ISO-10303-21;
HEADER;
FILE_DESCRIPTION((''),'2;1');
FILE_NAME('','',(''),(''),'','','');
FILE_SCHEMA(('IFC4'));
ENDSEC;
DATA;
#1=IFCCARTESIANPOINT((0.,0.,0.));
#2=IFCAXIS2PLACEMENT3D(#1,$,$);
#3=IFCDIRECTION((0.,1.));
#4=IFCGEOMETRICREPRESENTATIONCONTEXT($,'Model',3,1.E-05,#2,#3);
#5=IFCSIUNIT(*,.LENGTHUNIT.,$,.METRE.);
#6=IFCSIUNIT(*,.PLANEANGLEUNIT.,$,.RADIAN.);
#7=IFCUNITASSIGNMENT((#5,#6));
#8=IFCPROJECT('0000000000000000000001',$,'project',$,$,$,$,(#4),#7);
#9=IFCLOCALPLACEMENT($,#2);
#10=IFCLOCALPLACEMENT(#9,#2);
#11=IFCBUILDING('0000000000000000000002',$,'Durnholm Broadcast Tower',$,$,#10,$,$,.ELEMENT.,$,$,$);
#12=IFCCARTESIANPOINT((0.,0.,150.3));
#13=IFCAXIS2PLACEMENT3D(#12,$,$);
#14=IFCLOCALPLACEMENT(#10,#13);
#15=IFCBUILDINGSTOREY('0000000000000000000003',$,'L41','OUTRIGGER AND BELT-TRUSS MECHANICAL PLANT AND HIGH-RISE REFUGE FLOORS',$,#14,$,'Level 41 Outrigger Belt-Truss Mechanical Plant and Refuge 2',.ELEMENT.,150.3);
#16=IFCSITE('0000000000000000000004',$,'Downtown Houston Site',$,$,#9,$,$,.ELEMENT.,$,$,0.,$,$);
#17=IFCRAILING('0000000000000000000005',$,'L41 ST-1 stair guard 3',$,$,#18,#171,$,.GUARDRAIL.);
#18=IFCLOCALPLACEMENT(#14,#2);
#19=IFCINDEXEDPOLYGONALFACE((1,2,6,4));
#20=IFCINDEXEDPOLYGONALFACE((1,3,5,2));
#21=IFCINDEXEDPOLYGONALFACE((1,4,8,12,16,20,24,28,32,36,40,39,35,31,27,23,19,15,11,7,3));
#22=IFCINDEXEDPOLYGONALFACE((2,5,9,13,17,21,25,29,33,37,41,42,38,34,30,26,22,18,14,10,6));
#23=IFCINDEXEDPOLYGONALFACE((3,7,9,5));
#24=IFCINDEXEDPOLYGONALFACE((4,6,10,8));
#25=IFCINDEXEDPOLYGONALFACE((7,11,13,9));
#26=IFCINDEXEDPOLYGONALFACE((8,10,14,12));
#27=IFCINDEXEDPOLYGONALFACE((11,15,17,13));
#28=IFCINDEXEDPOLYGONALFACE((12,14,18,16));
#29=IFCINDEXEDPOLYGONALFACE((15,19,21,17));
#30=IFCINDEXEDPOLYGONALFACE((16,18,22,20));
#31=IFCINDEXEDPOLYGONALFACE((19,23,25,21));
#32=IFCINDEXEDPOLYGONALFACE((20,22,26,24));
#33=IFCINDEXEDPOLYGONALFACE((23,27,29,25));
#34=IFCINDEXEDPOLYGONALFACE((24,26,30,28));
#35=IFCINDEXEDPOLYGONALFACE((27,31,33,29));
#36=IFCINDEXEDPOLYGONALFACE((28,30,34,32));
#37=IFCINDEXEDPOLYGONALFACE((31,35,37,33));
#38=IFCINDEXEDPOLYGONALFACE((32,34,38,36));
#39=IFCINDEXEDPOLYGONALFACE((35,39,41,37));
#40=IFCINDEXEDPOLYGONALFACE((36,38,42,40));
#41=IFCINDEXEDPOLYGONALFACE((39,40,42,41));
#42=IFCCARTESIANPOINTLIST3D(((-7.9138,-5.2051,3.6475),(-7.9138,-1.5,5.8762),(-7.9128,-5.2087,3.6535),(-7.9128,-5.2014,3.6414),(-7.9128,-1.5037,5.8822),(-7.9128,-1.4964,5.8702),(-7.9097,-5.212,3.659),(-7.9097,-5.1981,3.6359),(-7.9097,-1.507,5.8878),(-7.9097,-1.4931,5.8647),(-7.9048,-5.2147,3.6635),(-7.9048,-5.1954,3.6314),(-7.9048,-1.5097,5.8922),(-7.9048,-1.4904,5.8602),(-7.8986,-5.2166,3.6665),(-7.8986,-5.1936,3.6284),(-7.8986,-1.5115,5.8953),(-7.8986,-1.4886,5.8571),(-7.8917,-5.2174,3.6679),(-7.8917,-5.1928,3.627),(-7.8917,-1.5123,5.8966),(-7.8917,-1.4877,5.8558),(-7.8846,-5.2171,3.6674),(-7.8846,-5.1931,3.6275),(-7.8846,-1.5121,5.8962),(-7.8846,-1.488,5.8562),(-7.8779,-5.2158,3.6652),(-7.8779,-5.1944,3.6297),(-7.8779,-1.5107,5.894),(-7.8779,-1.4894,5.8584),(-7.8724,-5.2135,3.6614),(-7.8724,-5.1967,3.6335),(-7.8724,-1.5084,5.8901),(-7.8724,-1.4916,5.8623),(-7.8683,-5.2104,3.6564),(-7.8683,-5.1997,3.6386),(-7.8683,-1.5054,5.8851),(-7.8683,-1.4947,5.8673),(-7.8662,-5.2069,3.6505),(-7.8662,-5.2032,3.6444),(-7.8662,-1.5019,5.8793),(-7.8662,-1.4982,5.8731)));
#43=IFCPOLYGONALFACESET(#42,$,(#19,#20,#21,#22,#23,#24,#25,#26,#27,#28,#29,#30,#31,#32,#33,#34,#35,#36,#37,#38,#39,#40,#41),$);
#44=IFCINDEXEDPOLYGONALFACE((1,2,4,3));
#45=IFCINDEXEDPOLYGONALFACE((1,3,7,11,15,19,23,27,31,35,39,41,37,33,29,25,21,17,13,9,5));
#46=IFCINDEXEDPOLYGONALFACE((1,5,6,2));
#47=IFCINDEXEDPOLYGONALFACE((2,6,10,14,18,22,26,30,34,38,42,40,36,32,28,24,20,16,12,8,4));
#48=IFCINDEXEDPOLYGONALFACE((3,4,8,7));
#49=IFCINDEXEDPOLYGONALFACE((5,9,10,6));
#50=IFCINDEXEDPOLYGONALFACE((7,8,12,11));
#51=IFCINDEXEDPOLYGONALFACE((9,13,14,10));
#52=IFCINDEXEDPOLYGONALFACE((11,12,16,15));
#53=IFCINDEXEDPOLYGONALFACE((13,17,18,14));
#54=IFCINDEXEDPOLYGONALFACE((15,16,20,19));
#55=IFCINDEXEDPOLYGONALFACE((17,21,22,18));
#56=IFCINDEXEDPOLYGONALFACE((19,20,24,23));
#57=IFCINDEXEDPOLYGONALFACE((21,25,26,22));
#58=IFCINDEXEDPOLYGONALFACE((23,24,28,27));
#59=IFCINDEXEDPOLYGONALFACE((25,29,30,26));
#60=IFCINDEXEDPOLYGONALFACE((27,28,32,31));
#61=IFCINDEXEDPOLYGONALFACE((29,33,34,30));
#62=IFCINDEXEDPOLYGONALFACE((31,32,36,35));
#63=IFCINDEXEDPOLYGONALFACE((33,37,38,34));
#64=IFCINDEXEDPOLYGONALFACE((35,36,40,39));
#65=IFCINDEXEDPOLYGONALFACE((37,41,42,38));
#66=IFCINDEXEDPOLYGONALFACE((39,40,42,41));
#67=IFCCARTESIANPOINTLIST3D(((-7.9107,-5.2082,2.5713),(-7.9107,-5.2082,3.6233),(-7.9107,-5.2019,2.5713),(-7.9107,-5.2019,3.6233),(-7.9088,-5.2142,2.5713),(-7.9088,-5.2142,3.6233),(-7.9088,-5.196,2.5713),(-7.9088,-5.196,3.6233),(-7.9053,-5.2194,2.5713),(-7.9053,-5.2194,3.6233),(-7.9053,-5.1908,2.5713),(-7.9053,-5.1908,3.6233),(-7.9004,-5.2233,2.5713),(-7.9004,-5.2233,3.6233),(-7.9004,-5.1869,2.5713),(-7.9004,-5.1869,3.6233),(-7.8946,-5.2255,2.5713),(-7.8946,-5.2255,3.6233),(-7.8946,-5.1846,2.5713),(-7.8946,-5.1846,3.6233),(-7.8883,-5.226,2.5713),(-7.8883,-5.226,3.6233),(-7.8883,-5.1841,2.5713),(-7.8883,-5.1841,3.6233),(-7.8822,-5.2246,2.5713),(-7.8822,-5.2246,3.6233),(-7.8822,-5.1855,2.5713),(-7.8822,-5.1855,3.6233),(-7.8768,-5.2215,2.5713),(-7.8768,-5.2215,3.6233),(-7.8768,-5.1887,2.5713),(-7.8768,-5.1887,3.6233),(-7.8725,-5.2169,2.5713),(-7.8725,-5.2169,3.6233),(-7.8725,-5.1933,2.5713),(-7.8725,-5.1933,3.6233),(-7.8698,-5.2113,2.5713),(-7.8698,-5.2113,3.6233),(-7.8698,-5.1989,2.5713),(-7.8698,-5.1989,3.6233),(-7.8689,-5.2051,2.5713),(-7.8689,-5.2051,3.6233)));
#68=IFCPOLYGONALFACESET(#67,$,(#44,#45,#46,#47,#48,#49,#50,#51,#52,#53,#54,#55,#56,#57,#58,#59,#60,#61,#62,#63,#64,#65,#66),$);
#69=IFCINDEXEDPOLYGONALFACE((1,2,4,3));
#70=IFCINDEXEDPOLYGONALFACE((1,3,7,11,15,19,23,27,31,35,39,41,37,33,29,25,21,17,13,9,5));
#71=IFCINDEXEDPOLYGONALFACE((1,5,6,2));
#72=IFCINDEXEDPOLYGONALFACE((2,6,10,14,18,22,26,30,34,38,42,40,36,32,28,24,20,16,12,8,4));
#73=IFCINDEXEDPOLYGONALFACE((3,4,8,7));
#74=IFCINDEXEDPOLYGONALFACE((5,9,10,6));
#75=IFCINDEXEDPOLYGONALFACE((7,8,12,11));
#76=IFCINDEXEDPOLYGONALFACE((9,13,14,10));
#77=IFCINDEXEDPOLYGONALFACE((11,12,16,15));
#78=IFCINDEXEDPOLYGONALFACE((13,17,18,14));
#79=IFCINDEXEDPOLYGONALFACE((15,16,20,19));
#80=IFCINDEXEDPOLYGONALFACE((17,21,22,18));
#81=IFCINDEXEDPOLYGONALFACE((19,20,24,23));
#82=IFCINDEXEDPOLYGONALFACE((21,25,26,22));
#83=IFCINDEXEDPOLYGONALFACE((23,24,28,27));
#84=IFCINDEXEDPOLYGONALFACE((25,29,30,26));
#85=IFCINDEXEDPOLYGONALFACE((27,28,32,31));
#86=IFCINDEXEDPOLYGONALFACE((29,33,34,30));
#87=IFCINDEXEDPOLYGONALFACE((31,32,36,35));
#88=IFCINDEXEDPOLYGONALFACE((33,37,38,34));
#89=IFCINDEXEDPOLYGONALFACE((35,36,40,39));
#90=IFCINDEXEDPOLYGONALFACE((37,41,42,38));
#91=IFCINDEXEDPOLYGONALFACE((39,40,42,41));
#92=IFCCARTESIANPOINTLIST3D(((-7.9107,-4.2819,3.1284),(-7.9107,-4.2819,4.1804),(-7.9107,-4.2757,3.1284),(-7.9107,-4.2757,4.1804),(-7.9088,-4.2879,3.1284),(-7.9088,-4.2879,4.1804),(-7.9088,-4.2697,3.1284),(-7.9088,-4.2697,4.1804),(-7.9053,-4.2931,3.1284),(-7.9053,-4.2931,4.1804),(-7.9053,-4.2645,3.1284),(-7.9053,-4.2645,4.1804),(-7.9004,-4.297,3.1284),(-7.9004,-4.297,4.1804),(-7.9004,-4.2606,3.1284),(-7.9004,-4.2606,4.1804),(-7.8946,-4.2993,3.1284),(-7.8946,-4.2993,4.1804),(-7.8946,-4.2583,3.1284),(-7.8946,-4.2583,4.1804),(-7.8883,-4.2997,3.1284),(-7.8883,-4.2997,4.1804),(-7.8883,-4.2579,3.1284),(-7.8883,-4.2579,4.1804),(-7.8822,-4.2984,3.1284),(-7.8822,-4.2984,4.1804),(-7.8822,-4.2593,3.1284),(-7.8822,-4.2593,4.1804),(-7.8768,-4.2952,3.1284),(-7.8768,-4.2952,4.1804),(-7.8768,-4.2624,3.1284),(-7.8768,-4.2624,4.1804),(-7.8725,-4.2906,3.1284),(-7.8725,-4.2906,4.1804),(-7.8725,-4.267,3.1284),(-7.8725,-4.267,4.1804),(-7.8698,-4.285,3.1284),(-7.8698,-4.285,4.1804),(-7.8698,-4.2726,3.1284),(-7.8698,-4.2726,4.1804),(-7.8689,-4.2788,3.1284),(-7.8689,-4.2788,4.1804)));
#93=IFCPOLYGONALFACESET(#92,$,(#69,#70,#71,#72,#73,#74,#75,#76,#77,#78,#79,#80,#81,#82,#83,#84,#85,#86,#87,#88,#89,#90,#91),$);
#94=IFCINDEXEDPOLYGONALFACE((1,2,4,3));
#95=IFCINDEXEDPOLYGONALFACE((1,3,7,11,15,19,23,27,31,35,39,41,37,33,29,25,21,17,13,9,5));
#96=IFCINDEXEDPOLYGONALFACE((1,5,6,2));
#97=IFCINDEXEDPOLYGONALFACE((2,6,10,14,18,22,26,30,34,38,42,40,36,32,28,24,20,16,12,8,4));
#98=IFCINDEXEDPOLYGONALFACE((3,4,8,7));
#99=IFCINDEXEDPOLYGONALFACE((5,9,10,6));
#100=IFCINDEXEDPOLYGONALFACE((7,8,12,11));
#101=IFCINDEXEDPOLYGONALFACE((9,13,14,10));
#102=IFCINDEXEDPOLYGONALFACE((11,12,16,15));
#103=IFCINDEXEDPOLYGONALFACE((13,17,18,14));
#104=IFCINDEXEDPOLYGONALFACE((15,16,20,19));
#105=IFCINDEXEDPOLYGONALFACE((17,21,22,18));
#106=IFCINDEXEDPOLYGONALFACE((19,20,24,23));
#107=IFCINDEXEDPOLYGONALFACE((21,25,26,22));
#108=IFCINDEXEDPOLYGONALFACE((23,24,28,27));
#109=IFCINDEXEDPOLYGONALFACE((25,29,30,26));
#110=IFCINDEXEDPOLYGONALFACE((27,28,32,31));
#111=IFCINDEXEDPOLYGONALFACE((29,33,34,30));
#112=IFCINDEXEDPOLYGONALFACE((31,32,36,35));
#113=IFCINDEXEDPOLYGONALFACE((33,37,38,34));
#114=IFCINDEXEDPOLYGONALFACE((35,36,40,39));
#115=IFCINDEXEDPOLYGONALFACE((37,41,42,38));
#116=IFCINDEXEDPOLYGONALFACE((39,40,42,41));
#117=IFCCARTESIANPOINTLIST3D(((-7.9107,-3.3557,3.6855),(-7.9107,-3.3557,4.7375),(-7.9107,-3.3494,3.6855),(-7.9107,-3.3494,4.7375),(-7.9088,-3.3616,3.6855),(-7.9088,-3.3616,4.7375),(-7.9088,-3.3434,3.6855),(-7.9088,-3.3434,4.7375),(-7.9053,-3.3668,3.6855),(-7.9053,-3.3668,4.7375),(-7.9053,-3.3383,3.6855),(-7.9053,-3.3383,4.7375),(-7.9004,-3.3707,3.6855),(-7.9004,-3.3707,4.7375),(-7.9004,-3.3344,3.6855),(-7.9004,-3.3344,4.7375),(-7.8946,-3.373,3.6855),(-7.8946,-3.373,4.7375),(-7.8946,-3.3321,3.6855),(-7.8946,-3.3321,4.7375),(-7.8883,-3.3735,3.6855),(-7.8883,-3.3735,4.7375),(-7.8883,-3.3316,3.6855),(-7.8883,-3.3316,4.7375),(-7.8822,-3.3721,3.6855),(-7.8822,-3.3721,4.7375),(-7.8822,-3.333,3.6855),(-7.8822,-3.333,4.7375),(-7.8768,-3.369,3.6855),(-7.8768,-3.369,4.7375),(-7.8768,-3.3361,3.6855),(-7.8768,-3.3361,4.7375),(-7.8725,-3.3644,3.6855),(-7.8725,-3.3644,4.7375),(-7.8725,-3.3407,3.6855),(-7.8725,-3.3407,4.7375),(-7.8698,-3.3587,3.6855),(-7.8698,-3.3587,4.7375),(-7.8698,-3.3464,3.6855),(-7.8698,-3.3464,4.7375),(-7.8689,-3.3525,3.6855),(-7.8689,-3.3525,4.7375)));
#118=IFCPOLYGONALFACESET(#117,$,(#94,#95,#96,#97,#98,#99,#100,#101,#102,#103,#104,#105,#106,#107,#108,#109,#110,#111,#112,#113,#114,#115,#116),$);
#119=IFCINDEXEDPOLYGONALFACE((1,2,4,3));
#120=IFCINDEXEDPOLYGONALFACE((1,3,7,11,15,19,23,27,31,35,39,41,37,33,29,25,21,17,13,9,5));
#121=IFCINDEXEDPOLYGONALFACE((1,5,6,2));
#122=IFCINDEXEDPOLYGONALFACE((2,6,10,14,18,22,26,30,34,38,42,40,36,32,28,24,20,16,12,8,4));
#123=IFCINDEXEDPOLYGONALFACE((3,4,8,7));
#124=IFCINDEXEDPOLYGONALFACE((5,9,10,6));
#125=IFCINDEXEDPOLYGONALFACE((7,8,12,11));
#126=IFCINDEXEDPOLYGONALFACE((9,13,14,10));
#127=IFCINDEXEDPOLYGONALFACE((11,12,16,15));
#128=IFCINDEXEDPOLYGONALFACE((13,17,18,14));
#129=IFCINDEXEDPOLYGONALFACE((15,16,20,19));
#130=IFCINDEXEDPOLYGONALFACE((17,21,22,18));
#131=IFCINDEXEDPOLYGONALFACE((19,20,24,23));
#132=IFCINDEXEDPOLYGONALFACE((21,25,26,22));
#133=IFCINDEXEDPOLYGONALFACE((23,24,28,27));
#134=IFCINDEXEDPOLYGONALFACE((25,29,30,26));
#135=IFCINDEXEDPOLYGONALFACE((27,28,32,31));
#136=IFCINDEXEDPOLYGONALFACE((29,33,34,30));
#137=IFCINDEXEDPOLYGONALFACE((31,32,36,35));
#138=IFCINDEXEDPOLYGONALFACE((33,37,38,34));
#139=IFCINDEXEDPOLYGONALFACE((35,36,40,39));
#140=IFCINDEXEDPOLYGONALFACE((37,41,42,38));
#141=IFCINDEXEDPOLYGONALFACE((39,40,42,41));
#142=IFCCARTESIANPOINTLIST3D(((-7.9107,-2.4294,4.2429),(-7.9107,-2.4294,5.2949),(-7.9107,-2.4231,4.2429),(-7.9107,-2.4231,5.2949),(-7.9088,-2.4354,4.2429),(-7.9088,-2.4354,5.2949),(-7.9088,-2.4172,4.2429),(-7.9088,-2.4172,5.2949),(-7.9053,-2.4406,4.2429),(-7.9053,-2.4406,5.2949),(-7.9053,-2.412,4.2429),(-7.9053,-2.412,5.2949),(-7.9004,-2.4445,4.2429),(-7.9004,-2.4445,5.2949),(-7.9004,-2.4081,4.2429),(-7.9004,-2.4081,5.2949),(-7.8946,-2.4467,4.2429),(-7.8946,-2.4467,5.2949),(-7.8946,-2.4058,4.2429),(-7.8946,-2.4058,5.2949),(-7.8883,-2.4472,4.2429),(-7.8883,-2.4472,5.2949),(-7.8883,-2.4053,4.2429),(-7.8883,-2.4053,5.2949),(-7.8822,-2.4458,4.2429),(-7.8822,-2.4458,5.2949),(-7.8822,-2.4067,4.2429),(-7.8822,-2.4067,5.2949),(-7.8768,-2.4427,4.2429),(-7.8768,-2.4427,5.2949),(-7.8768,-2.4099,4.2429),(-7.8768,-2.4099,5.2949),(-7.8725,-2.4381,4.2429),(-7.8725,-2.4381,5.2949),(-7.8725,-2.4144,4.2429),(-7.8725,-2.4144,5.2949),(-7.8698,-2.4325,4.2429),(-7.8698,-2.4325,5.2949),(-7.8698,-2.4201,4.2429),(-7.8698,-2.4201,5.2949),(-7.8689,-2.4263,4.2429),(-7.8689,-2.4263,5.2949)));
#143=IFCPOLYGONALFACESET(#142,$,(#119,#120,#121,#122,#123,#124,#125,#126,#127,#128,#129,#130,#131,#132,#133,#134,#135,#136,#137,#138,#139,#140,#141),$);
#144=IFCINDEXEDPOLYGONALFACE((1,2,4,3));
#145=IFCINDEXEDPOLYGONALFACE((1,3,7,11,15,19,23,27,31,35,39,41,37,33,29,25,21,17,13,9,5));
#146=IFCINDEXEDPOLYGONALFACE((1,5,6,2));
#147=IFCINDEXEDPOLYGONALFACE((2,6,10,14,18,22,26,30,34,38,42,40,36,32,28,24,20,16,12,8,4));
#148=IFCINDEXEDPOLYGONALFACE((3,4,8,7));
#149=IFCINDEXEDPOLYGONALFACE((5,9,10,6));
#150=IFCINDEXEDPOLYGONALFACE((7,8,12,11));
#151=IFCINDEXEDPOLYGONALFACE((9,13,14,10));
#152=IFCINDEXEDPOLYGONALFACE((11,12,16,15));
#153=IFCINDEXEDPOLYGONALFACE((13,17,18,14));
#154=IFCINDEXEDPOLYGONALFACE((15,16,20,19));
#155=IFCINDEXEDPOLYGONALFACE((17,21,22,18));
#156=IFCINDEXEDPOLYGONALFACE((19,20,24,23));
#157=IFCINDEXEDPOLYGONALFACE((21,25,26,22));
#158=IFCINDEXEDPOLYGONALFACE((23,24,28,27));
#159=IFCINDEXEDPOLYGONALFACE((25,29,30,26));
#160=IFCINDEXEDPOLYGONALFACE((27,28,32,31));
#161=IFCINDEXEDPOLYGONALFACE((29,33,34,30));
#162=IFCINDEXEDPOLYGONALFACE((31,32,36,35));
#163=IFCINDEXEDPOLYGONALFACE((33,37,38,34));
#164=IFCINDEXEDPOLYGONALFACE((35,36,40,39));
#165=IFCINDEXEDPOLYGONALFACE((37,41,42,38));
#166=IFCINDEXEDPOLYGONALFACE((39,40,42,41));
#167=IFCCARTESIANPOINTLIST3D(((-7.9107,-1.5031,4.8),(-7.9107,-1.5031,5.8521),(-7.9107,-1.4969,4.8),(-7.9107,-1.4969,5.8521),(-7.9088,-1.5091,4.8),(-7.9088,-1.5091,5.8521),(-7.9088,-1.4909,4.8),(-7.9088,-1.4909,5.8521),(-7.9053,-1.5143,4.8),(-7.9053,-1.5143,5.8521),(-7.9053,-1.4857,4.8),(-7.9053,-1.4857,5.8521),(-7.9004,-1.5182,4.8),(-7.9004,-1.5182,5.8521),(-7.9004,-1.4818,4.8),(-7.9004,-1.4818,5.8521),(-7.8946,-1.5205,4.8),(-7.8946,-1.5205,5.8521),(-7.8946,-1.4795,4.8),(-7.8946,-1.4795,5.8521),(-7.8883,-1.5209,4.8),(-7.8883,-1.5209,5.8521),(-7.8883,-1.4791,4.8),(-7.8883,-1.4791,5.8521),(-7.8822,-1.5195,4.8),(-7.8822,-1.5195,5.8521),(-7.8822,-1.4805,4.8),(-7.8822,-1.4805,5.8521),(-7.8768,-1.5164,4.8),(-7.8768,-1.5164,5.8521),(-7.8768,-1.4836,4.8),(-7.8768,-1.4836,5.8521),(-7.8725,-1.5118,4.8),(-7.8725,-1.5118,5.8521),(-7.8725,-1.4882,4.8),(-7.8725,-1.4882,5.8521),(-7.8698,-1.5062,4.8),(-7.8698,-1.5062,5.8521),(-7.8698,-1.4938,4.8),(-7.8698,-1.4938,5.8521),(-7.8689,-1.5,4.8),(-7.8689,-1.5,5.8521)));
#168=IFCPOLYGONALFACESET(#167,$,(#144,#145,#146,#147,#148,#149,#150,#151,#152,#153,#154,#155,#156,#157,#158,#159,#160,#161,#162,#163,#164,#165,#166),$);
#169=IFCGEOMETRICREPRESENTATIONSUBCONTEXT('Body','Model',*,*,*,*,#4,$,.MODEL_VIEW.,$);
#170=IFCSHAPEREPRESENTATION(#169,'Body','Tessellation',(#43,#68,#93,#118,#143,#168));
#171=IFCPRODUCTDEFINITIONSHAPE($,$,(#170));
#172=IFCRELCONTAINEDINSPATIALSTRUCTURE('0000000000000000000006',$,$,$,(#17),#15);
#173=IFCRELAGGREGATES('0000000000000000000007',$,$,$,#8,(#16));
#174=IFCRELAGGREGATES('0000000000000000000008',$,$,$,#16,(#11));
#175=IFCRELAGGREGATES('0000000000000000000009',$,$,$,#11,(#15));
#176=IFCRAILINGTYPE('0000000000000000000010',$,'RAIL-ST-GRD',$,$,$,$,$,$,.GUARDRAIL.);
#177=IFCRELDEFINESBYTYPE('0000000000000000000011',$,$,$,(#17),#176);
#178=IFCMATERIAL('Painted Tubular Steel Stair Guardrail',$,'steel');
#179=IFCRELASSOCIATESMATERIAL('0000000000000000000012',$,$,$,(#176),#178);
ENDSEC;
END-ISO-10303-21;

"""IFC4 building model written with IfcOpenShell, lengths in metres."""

from ifc_helpers import new_model, si_unit, direction, frame, origin, origin_2d, place, context, subcontext, project, spatial, circle, extrude, material, type_object, element, save


model = new_model("IFC4")

# Units and contexts
model_context = context("Model", 3, precision=1e-05, world=origin(), true_north=direction((0.0, 1.0)))
body_context = subcontext(model_context, "Body", "Model", "MODEL_VIEW")
ifc_project = project(units=[si_unit("LENGTHUNIT", "METRE"), si_unit("PLANEANGLEUNIT", "RADIAN")], contexts=[model_context])

# Site, building, storey
site_placement = place(None, origin())
site = spatial("IfcSite", under=ifc_project, at=site_placement, Name="Downtown Houston Site", CompositionType="ELEMENT", RefElevation=0.0)
building_placement = place(site_placement, origin())
building = spatial("IfcBuilding", under=site, at=building_placement, Name="Durnholm Broadcast Tower", CompositionType="ELEMENT")
storey_placement = place(building_placement, frame((0.0, 0.0, 150.3)))
storey = spatial("IfcBuildingStorey", under=building, at=storey_placement, Name="L41", Description="OUTRIGGER AND BELT-TRUSS MECHANICAL PLANT AND HIGH-RISE REFUGE FLOORS", LongName="Level 41 Outrigger Belt-Truss Mechanical Plant and Refuge 2", CompositionType="ELEMENT", Elevation=150.3)

# Railing
ifc_material_1 = material(Name="Painted Tubular Steel Stair Guardrail", Category="steel")
railing_type_1 = type_object("IfcRailingType", Name="RAIL-ST-GRD", PredefinedType="GUARDRAIL", material=ifc_material_1)
railing_1_placement = place(storey_placement, frame((-7.8899, -5.2051, 2.5713)))
element("IfcRailing", 1, at=railing_1_placement, inside=storey, type_object=railing_type_1, Name="L41 ST-1 stair guard 3", PredefinedType="GUARDRAIL", context=body_context, shape_type="SweptSolid", body=[
    extrude(circle(Radius=0.0239, at=origin_2d()), frame((0.0, 0.0, 1.0762), z_axis=(0.0, 0.856909, 0.515467), x_axis=(-1.0, 0.0, 0.0)), (0.0, 0.0, 1.0), 4.3237),
    extrude(circle(Radius=0.021, at=origin_2d()), origin(), (0.0, 0.0, 1.0), 1.052),
    extrude(circle(Radius=0.021, at=origin_2d()), frame((0.0, 0.9263, 0.5571)), (0.0, 0.0, 1.0), 1.052),
    extrude(circle(Radius=0.021, at=origin_2d()), frame((0.0, 1.8525, 1.1143)), (0.0, 0.0, 1.0), 1.052),
    extrude(circle(Radius=0.021, at=origin_2d()), frame((0.0, 2.7788, 1.6716)), (0.0, 0.0, 1.0), 1.052),
    extrude(circle(Radius=0.021, at=origin_2d()), frame((0.0, 3.7051, 2.2288)), (0.0, 0.0, 1.0), 1.052),
])

save(model, "model.ifc")
